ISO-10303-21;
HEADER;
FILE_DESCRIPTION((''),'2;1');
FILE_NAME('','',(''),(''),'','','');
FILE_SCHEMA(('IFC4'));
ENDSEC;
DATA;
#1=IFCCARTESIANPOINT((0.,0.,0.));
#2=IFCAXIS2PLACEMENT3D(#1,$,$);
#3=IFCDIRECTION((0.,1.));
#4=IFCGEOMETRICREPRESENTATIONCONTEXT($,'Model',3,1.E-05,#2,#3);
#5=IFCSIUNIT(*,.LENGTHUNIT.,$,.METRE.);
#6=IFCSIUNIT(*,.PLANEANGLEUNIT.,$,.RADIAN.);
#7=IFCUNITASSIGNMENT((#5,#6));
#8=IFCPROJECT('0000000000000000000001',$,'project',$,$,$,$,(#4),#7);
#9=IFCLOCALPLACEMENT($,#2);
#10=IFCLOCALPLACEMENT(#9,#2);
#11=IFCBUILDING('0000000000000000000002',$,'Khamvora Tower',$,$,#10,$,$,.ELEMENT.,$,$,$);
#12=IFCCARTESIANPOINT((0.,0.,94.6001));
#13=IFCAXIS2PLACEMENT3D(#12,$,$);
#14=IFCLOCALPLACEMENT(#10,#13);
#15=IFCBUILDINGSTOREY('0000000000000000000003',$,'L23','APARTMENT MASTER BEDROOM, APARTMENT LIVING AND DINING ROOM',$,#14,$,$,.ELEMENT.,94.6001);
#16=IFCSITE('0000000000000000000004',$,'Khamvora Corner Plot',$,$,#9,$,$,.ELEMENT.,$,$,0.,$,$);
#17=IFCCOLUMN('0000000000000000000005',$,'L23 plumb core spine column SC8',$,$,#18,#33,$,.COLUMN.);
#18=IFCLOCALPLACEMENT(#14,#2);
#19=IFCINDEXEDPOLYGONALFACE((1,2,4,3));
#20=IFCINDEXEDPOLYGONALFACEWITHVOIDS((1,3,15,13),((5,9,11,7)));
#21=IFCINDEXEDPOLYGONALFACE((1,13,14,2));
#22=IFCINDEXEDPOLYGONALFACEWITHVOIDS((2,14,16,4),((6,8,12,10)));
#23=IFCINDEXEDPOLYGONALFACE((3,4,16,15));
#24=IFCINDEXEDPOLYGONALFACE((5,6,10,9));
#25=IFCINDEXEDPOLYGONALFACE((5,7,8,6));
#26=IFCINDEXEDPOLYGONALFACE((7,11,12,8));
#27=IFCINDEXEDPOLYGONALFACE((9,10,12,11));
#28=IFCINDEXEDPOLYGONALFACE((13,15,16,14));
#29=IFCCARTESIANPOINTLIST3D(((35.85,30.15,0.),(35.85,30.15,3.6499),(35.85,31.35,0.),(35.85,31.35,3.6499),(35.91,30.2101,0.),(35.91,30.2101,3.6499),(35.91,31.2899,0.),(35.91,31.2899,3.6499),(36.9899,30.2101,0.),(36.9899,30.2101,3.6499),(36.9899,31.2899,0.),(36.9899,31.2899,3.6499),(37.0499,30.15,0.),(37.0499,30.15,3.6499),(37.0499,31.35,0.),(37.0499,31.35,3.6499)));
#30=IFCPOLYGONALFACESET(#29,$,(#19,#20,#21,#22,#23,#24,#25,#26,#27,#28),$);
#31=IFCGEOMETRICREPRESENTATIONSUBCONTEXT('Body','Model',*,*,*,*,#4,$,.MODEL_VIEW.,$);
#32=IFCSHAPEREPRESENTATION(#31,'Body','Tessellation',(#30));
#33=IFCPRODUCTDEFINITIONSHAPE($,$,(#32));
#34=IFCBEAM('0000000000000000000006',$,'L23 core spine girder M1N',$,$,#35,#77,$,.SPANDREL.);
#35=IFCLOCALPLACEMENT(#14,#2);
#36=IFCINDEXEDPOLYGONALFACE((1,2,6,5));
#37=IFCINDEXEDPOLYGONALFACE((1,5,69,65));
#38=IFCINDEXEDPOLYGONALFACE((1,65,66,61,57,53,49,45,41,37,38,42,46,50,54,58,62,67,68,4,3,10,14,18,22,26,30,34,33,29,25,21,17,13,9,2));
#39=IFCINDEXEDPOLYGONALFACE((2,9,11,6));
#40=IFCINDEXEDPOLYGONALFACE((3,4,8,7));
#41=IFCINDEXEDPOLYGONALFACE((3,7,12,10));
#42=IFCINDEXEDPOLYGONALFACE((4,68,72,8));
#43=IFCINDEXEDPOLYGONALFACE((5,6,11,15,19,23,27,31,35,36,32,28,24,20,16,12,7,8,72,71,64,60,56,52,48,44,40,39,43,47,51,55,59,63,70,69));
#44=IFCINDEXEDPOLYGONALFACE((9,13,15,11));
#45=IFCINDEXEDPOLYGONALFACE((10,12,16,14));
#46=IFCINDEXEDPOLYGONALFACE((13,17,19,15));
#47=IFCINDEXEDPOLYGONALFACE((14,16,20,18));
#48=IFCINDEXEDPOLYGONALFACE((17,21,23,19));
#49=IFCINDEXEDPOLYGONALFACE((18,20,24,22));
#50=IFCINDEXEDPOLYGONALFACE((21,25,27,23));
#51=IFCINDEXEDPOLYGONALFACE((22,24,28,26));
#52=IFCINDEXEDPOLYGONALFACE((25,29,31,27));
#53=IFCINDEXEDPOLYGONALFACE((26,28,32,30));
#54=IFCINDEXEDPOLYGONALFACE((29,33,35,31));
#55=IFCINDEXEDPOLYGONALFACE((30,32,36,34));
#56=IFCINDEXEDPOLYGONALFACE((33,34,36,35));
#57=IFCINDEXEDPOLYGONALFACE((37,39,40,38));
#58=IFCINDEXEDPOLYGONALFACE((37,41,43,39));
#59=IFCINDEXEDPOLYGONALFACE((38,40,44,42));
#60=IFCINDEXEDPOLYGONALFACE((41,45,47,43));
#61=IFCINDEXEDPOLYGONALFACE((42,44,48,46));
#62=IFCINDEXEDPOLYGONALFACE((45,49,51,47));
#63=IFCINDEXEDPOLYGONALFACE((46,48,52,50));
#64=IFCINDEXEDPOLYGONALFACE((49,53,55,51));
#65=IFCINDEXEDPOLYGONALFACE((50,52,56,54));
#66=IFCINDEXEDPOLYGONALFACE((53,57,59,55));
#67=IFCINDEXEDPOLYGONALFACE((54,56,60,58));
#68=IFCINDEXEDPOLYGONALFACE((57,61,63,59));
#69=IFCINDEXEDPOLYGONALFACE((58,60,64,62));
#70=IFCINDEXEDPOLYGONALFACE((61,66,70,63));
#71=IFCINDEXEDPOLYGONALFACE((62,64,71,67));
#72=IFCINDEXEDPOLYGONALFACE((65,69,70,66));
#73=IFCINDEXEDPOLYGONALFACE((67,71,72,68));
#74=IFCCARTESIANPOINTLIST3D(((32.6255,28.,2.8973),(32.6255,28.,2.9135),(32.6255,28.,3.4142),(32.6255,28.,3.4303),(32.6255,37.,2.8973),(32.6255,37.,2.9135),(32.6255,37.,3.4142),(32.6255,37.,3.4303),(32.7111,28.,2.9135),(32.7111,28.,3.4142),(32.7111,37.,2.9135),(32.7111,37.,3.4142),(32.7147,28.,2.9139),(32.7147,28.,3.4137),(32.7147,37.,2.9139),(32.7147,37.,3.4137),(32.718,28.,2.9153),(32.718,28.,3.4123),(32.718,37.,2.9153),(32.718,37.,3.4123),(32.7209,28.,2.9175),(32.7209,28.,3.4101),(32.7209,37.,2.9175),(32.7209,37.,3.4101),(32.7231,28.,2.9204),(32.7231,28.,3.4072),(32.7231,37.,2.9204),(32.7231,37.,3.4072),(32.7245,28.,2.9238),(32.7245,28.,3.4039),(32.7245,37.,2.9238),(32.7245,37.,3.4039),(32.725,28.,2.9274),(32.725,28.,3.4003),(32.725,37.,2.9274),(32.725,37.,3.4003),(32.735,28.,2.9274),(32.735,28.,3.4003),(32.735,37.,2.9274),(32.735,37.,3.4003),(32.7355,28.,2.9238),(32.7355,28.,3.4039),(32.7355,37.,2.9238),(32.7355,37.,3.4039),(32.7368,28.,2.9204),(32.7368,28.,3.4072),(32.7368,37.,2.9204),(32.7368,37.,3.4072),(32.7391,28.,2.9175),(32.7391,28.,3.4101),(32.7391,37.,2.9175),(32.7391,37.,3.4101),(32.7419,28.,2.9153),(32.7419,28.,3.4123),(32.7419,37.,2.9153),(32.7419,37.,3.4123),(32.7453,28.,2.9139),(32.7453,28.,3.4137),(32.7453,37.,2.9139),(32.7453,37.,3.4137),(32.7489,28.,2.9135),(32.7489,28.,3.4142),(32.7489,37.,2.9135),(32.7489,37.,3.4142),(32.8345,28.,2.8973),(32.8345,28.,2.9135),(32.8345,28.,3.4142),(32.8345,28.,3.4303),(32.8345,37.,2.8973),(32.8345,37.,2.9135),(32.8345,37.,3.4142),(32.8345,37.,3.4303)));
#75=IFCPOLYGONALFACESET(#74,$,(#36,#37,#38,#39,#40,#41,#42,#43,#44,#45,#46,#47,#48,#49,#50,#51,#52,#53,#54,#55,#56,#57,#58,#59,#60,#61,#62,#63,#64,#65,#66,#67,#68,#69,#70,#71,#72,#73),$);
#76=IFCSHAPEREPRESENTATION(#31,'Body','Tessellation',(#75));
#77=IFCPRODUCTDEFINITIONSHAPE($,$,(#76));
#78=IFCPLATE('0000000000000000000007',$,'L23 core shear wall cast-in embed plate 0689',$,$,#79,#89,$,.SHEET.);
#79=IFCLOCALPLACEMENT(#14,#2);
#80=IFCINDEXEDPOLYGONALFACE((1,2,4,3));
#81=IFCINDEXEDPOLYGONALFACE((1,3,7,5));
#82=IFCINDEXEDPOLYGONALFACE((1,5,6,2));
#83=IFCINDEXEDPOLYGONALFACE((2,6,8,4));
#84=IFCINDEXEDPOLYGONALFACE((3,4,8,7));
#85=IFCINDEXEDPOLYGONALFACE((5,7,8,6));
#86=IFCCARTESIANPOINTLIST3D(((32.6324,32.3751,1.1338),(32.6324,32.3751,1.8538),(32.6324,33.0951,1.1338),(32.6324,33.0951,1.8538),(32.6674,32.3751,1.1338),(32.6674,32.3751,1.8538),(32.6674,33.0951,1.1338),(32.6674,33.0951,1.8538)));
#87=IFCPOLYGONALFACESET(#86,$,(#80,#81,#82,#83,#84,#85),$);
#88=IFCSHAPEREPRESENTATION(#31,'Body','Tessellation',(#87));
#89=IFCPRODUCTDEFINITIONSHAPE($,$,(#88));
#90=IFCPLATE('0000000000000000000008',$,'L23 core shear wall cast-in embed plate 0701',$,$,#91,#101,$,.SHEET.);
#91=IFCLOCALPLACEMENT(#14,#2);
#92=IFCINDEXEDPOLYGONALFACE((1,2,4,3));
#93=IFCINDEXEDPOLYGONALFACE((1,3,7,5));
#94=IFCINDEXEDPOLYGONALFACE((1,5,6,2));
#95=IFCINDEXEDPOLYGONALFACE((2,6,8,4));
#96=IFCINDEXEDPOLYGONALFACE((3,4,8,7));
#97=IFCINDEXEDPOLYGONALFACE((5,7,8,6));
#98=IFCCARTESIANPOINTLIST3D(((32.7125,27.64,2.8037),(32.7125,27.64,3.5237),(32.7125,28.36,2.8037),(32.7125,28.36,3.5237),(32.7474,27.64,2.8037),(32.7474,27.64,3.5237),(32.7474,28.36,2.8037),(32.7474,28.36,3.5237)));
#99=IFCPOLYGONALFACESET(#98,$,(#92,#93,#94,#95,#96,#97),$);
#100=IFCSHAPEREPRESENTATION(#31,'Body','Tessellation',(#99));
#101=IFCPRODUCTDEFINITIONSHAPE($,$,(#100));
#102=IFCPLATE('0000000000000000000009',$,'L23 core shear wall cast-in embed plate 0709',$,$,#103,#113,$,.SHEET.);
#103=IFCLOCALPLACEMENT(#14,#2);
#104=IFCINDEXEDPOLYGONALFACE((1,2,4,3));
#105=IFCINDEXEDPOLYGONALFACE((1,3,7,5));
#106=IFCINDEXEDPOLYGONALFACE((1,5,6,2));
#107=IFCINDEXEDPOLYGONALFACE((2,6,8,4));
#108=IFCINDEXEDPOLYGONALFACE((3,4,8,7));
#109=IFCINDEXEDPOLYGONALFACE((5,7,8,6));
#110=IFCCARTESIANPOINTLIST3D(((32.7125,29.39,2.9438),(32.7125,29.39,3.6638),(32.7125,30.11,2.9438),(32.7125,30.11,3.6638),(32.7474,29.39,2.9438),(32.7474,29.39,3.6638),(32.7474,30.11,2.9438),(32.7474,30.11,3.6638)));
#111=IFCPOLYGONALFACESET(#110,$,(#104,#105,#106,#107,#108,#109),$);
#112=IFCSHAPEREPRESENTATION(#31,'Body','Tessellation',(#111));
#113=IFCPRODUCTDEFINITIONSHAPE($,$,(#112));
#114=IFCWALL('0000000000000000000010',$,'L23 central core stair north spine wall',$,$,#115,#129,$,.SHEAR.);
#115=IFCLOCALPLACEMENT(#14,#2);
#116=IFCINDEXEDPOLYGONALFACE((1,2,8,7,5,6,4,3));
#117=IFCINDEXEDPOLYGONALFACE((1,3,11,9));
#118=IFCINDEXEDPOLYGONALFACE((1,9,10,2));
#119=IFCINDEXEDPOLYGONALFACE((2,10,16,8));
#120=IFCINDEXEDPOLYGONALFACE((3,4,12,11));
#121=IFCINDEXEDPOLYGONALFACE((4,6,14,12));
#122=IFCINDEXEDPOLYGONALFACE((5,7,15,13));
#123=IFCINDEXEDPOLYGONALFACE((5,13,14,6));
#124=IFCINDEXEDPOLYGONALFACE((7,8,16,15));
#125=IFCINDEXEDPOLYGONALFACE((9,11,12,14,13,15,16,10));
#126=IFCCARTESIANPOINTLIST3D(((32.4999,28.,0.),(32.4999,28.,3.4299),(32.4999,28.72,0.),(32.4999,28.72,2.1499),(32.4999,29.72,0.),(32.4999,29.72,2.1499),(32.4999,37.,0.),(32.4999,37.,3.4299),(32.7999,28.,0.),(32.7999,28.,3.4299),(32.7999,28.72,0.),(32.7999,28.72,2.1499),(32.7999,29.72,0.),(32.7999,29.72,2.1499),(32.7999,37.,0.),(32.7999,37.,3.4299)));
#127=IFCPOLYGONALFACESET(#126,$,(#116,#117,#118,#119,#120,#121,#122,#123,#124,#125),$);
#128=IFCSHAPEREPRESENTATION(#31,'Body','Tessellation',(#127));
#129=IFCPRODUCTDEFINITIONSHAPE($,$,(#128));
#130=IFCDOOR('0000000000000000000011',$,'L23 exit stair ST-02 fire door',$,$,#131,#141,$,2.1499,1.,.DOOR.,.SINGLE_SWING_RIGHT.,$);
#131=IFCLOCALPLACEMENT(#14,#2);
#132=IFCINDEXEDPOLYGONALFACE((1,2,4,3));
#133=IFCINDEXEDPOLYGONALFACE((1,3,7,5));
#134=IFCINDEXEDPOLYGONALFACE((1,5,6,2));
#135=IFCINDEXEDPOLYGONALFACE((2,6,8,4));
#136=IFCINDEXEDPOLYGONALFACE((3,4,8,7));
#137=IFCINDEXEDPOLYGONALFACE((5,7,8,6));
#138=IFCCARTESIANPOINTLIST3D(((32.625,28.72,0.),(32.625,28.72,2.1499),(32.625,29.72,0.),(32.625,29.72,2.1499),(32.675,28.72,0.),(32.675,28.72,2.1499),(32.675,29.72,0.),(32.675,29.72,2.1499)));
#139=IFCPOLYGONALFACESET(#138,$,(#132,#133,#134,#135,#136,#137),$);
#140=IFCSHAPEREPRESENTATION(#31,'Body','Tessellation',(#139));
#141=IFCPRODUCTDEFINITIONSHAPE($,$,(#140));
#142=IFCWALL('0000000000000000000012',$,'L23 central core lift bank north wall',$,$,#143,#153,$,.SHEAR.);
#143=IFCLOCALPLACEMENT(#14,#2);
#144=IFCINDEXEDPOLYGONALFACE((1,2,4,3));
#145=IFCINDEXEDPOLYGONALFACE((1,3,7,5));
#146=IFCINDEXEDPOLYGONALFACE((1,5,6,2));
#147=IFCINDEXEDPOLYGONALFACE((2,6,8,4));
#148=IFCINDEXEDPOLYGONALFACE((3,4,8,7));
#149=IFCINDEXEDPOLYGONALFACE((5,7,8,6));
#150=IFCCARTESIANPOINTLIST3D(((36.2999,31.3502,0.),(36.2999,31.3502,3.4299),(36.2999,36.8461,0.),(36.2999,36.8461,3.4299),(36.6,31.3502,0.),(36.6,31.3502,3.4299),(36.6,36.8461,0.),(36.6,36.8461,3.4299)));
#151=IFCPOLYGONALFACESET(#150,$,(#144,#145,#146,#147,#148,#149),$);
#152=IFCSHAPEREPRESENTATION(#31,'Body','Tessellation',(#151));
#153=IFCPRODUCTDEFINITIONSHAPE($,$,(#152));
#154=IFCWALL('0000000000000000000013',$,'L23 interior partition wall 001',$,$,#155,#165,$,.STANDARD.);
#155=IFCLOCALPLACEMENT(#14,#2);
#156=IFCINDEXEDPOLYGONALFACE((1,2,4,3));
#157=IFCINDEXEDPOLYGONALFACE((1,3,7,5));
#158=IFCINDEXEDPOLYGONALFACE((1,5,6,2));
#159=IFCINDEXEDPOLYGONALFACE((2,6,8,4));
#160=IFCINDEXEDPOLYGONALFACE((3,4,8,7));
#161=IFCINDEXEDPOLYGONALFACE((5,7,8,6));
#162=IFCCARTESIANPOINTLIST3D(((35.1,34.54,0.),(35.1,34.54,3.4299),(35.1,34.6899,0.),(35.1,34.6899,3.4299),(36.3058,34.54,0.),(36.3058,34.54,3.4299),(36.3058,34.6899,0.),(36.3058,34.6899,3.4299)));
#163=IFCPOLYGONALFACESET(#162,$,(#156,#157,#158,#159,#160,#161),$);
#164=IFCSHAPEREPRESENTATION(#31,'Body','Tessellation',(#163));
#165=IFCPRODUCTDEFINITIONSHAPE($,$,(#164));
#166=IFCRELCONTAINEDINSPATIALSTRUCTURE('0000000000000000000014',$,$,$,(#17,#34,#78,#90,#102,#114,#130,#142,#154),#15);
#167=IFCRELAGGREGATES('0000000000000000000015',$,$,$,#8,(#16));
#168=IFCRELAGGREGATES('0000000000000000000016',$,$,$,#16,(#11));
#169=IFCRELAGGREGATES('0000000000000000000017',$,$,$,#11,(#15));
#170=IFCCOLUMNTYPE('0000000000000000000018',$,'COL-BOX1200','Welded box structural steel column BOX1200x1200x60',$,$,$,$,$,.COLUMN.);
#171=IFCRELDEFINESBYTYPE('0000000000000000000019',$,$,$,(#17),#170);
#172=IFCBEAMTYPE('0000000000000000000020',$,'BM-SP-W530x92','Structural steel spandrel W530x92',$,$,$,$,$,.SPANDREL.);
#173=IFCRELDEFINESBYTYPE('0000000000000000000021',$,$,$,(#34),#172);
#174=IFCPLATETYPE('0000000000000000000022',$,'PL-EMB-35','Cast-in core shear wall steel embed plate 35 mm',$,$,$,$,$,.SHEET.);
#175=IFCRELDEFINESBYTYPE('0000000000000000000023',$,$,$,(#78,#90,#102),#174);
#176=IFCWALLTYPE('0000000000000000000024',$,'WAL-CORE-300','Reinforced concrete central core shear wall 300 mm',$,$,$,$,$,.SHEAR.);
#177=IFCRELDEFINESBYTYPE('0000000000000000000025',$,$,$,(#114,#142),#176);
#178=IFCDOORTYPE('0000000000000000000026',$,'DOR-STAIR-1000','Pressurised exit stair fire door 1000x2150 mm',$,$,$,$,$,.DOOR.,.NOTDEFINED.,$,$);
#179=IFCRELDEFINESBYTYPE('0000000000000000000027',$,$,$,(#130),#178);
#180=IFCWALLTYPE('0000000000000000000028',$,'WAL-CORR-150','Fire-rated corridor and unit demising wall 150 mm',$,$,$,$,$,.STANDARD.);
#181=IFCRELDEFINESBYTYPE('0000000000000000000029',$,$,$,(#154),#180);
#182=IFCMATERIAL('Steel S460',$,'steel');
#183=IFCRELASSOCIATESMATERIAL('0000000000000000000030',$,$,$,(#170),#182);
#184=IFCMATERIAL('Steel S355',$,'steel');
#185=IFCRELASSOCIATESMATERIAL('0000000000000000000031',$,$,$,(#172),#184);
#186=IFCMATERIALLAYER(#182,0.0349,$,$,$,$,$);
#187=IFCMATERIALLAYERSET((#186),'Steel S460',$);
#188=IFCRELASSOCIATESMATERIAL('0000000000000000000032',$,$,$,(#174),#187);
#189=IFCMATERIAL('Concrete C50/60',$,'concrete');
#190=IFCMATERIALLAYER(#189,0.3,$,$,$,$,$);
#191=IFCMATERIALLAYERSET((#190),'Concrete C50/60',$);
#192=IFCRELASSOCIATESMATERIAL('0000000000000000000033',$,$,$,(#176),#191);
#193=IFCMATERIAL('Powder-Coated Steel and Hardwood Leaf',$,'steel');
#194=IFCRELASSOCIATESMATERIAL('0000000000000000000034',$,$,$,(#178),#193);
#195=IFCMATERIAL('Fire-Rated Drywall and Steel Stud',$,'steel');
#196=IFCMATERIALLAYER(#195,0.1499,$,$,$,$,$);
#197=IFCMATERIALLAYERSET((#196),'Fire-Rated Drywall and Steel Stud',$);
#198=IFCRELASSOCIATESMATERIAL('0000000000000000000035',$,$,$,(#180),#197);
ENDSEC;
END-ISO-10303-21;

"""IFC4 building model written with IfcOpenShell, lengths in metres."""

from ifc_helpers import new_model, si_unit, direction, frame, frame_2d, origin, origin_2d, place, context, subcontext, project, spatial, rectangle, hollow_rectangle, i_section, extrude, material, layer, layer_set, material_profile, profile_set, type_object, element, fill, save


model = new_model("IFC4")

# Units and contexts
model_context = context("Model", 3, precision=1e-05, world=origin(), true_north=direction((0.0, 1.0)))
body_context = subcontext(model_context, "Body", "Model", "MODEL_VIEW")
ifc_project = project(units=[si_unit("LENGTHUNIT", "METRE"), si_unit("PLANEANGLEUNIT", "RADIAN")], contexts=[model_context])

# Site, building, storey
site_placement = place(None, origin())
site = spatial("IfcSite", under=ifc_project, at=site_placement, Name="Khamvora Corner Plot", CompositionType="ELEMENT", RefElevation=0.0)
building_placement = place(site_placement, origin())
building = spatial("IfcBuilding", under=site, at=building_placement, Name="Khamvora Tower", CompositionType="ELEMENT")
storey_placement = place(building_placement, frame((0.0, 0.0, 94.6001)))
storey = spatial("IfcBuildingStorey", under=building, at=storey_placement, Name="L23", Description="APARTMENT MASTER BEDROOM, APARTMENT LIVING AND DINING ROOM", CompositionType="ELEMENT", Elevation=94.6001)

# Column
ifc_material_1 = material(Name="Steel S460", Category="steel")
ifc_material_profile_1 = material_profile(ifc_material_1, hollow_rectangle(XDim=1.2, YDim=1.2, WallThickness=0.0601, at=origin_2d()), Name="BOX1200x1200x60")
ifc_profile_set_1 = profile_set([ifc_material_profile_1], Name="Steel S460")
column_type = type_object("IfcColumnType", Name="COL-BOX1200", Description="Welded box structural steel column BOX1200x1200x60", PredefinedType="COLUMN", material=ifc_profile_set_1)
column_placement = place(storey_placement, frame((36.45, 30.75, 0.0), z_axis=(0.0, 0.0, 1.0), x_axis=(1.0, 0.0, 0.0)))
element("IfcColumn", 1, at=column_placement, inside=storey, type_object=column_type, Name="L23 plumb core spine column SC8", PredefinedType="COLUMN", context=body_context, shape_type="SweptSolid", body=[
    extrude(hollow_rectangle(XDim=1.2, YDim=1.2, WallThickness=0.0601, at=origin_2d()), origin(), (0.0, 0.0, 1.0), 3.6499),
])

# Beam
ifc_material_2 = material(Name="Steel S355", Category="steel")
ifc_material_profile_2 = material_profile(ifc_material_2, i_section(OverallWidth=0.209, OverallDepth=0.533, WebThickness=0.01, FlangeThickness=0.0161, FilletRadius=0.0139, at=origin_2d()), Name="W530x92")
ifc_profile_set_2 = profile_set([ifc_material_profile_2], Name="Steel S355")
beam_type = type_object("IfcBeamType", Name="BM-SP-W530x92", Description="Structural steel spandrel W530x92", PredefinedType="SPANDREL", material=ifc_profile_set_2)
beam_placement = place(storey_placement, frame((32.73, 28.0, 3.1638), z_axis=(0.0, 1.0, 0.0), x_axis=(-1.0, 0.0, 0.0)))
element("IfcBeam", 2, at=beam_placement, inside=storey, type_object=beam_type, Name="L23 core spine girder M1N", PredefinedType="SPANDREL", context=body_context, shape_type="SweptSolid", body=[
    extrude(i_section(OverallWidth=0.209, OverallDepth=0.533, WebThickness=0.01, FlangeThickness=0.0161, FilletRadius=0.0139, at=origin_2d()), origin(), (0.0, 0.0, 1.0), 9.0),
])

# Plates
ifc_layer_1 = layer(ifc_material_1, 0.0349)
ifc_layer_set_1 = layer_set([ifc_layer_1], Name="Steel S460")
plate_type = type_object("IfcPlateType", Name="PL-EMB-35", Description="Cast-in core shear wall steel embed plate 35 mm", PredefinedType="SHEET", material=ifc_layer_set_1)
for number, where, z_axis, x_axis, name in (
    (3, (32.6499, 32.7351, 1.1338), (0.0, 0.0, 1.0), (1.0, 0.0, 0.0), "L23 core shear wall cast-in embed plate 0689"),
    (4, (32.73, 28.0, 2.8037), (0.0, 0.0, 1.0), (1.0, 0.0, 0.0), "L23 core shear wall cast-in embed plate 0701"),
    (5, (32.73, 29.75, 2.9438), (0.0, 0.0, 1.0), (1.0, 0.0, 0.0), "L23 core shear wall cast-in embed plate 0709"),
):
    element("IfcPlate", number, at=place(storey_placement, frame(where, z_axis=z_axis, x_axis=x_axis)), inside=storey, type_object=plate_type, Name=name, PredefinedType="SHEET", context=body_context, shape_type="SweptSolid", body=[
        extrude(rectangle(XDim=0.0349, YDim=0.72, at=origin_2d()), origin(), (0.0, 0.0, 1.0), 0.72),
    ])

# Wall, opening, door
ifc_material_3 = material(Name="Concrete C50/60", Category="concrete")
ifc_layer_2 = layer(ifc_material_3, 0.3)
ifc_layer_set_2 = layer_set([ifc_layer_2], Name="Concrete C50/60")
wall_type_1 = type_object("IfcWallType", Name="WAL-CORE-300", Description="Reinforced concrete central core shear wall 300 mm", PredefinedType="SHEAR", material=ifc_layer_set_2)
wall_1_placement = place(storey_placement, frame((32.6499, 28.0, 0.0), z_axis=(0.0, 0.0, 1.0), x_axis=(0.0, 1.0, 0.0)))
wall_1 = element("IfcWall", 6, at=wall_1_placement, inside=storey, type_object=wall_type_1, Name="L23 central core stair north spine wall", PredefinedType="SHEAR", context=body_context, shape_type="SweptSolid", body=[
    extrude(rectangle(XDim=9.0, YDim=0.3, at=frame_2d((4.5, 0.0))), origin(), (0.0, 0.0, 1.0), 3.4299),
])
opening_1_placement = place(wall_1_placement, frame((0.72, 0.0, 0.0)))
opening_1 = element("IfcOpeningElement", 7, at=opening_1_placement, cuts=wall_1, PredefinedType="OPENING", context=body_context, shape_type="SweptSolid", body=[
    extrude(rectangle(XDim=1.0, YDim=2.1499, at=frame_2d((0.5, 1.075))), frame((0.0, 0.1599, 0.0), z_axis=(0.0, -1.0, 0.0), x_axis=(1.0, 0.0, 0.0)), (0.0, 0.0, 1.0), 0.3201),
])
ifc_material_4 = material(Name="Powder-Coated Steel and Hardwood Leaf", Category="steel")
door_type_1 = type_object("IfcDoorType", Name="DOR-STAIR-1000", Description="Pressurised exit stair fire door 1000x2150 mm", OperationType="NOTDEFINED", PredefinedType="DOOR", material=ifc_material_4)
door_1_placement = place(opening_1_placement, origin())
door_1 = element("IfcDoor", 8, at=door_1_placement, inside=storey, type_object=door_type_1, Name="L23 exit stair ST-02 fire door", OperationType="SINGLE_SWING_RIGHT", OverallHeight=2.1499, OverallWidth=1.0, PredefinedType="DOOR", context=body_context, shape_type="SweptSolid", body=[
    extrude(rectangle(XDim=1.0, YDim=2.1499, at=frame_2d((0.5, 1.075))), frame((0.0, 0.0249, 0.0), z_axis=(0.0, -1.0, 0.0), x_axis=(1.0, 0.0, 0.0)), (0.0, 0.0, 1.0), 0.05),
])
fill(opening_1, door_1)

# Walls
wall_2_placement = place(storey_placement, frame((36.45, 31.3501, 0.0), z_axis=(0.0, 0.0, 1.0), x_axis=(0.0, 1.0, 0.0)))
element("IfcWall", 9, at=wall_2_placement, inside=storey, type_object=wall_type_1, Name="L23 central core lift bank north wall", PredefinedType="SHEAR", context=body_context, shape_type="SweptSolid", body=[
    extrude(rectangle(XDim=5.4958, YDim=0.3, at=frame_2d((2.748, 0.0))), origin(), (0.0, 0.0, 1.0), 3.4299),
])
ifc_material_5 = material(Name="Fire-Rated Drywall and Steel Stud", Category="steel")
ifc_layer_3 = layer(ifc_material_5, 0.1499)
ifc_layer_set_3 = layer_set([ifc_layer_3], Name="Fire-Rated Drywall and Steel Stud")
wall_type_2 = type_object("IfcWallType", Name="WAL-CORR-150", Description="Fire-rated corridor and unit demising wall 150 mm", PredefinedType="STANDARD", material=ifc_layer_set_3)
wall_3_placement = place(storey_placement, frame((36.3059, 34.615, 0.0), z_axis=(0.0, 0.0, 1.0), x_axis=(-1.0, 0.0, 0.0)))
element("IfcWall", 10, at=wall_3_placement, inside=storey, type_object=wall_type_2, Name="L23 interior partition wall 001", PredefinedType="STANDARD", context=body_context, shape_type="SweptSolid", body=[
    extrude(rectangle(XDim=1.2058, YDim=0.1499, at=frame_2d((0.603, 0.0))), origin(), (0.0, 0.0, 1.0), 3.4299),
])

save(model, "model.ifc")
